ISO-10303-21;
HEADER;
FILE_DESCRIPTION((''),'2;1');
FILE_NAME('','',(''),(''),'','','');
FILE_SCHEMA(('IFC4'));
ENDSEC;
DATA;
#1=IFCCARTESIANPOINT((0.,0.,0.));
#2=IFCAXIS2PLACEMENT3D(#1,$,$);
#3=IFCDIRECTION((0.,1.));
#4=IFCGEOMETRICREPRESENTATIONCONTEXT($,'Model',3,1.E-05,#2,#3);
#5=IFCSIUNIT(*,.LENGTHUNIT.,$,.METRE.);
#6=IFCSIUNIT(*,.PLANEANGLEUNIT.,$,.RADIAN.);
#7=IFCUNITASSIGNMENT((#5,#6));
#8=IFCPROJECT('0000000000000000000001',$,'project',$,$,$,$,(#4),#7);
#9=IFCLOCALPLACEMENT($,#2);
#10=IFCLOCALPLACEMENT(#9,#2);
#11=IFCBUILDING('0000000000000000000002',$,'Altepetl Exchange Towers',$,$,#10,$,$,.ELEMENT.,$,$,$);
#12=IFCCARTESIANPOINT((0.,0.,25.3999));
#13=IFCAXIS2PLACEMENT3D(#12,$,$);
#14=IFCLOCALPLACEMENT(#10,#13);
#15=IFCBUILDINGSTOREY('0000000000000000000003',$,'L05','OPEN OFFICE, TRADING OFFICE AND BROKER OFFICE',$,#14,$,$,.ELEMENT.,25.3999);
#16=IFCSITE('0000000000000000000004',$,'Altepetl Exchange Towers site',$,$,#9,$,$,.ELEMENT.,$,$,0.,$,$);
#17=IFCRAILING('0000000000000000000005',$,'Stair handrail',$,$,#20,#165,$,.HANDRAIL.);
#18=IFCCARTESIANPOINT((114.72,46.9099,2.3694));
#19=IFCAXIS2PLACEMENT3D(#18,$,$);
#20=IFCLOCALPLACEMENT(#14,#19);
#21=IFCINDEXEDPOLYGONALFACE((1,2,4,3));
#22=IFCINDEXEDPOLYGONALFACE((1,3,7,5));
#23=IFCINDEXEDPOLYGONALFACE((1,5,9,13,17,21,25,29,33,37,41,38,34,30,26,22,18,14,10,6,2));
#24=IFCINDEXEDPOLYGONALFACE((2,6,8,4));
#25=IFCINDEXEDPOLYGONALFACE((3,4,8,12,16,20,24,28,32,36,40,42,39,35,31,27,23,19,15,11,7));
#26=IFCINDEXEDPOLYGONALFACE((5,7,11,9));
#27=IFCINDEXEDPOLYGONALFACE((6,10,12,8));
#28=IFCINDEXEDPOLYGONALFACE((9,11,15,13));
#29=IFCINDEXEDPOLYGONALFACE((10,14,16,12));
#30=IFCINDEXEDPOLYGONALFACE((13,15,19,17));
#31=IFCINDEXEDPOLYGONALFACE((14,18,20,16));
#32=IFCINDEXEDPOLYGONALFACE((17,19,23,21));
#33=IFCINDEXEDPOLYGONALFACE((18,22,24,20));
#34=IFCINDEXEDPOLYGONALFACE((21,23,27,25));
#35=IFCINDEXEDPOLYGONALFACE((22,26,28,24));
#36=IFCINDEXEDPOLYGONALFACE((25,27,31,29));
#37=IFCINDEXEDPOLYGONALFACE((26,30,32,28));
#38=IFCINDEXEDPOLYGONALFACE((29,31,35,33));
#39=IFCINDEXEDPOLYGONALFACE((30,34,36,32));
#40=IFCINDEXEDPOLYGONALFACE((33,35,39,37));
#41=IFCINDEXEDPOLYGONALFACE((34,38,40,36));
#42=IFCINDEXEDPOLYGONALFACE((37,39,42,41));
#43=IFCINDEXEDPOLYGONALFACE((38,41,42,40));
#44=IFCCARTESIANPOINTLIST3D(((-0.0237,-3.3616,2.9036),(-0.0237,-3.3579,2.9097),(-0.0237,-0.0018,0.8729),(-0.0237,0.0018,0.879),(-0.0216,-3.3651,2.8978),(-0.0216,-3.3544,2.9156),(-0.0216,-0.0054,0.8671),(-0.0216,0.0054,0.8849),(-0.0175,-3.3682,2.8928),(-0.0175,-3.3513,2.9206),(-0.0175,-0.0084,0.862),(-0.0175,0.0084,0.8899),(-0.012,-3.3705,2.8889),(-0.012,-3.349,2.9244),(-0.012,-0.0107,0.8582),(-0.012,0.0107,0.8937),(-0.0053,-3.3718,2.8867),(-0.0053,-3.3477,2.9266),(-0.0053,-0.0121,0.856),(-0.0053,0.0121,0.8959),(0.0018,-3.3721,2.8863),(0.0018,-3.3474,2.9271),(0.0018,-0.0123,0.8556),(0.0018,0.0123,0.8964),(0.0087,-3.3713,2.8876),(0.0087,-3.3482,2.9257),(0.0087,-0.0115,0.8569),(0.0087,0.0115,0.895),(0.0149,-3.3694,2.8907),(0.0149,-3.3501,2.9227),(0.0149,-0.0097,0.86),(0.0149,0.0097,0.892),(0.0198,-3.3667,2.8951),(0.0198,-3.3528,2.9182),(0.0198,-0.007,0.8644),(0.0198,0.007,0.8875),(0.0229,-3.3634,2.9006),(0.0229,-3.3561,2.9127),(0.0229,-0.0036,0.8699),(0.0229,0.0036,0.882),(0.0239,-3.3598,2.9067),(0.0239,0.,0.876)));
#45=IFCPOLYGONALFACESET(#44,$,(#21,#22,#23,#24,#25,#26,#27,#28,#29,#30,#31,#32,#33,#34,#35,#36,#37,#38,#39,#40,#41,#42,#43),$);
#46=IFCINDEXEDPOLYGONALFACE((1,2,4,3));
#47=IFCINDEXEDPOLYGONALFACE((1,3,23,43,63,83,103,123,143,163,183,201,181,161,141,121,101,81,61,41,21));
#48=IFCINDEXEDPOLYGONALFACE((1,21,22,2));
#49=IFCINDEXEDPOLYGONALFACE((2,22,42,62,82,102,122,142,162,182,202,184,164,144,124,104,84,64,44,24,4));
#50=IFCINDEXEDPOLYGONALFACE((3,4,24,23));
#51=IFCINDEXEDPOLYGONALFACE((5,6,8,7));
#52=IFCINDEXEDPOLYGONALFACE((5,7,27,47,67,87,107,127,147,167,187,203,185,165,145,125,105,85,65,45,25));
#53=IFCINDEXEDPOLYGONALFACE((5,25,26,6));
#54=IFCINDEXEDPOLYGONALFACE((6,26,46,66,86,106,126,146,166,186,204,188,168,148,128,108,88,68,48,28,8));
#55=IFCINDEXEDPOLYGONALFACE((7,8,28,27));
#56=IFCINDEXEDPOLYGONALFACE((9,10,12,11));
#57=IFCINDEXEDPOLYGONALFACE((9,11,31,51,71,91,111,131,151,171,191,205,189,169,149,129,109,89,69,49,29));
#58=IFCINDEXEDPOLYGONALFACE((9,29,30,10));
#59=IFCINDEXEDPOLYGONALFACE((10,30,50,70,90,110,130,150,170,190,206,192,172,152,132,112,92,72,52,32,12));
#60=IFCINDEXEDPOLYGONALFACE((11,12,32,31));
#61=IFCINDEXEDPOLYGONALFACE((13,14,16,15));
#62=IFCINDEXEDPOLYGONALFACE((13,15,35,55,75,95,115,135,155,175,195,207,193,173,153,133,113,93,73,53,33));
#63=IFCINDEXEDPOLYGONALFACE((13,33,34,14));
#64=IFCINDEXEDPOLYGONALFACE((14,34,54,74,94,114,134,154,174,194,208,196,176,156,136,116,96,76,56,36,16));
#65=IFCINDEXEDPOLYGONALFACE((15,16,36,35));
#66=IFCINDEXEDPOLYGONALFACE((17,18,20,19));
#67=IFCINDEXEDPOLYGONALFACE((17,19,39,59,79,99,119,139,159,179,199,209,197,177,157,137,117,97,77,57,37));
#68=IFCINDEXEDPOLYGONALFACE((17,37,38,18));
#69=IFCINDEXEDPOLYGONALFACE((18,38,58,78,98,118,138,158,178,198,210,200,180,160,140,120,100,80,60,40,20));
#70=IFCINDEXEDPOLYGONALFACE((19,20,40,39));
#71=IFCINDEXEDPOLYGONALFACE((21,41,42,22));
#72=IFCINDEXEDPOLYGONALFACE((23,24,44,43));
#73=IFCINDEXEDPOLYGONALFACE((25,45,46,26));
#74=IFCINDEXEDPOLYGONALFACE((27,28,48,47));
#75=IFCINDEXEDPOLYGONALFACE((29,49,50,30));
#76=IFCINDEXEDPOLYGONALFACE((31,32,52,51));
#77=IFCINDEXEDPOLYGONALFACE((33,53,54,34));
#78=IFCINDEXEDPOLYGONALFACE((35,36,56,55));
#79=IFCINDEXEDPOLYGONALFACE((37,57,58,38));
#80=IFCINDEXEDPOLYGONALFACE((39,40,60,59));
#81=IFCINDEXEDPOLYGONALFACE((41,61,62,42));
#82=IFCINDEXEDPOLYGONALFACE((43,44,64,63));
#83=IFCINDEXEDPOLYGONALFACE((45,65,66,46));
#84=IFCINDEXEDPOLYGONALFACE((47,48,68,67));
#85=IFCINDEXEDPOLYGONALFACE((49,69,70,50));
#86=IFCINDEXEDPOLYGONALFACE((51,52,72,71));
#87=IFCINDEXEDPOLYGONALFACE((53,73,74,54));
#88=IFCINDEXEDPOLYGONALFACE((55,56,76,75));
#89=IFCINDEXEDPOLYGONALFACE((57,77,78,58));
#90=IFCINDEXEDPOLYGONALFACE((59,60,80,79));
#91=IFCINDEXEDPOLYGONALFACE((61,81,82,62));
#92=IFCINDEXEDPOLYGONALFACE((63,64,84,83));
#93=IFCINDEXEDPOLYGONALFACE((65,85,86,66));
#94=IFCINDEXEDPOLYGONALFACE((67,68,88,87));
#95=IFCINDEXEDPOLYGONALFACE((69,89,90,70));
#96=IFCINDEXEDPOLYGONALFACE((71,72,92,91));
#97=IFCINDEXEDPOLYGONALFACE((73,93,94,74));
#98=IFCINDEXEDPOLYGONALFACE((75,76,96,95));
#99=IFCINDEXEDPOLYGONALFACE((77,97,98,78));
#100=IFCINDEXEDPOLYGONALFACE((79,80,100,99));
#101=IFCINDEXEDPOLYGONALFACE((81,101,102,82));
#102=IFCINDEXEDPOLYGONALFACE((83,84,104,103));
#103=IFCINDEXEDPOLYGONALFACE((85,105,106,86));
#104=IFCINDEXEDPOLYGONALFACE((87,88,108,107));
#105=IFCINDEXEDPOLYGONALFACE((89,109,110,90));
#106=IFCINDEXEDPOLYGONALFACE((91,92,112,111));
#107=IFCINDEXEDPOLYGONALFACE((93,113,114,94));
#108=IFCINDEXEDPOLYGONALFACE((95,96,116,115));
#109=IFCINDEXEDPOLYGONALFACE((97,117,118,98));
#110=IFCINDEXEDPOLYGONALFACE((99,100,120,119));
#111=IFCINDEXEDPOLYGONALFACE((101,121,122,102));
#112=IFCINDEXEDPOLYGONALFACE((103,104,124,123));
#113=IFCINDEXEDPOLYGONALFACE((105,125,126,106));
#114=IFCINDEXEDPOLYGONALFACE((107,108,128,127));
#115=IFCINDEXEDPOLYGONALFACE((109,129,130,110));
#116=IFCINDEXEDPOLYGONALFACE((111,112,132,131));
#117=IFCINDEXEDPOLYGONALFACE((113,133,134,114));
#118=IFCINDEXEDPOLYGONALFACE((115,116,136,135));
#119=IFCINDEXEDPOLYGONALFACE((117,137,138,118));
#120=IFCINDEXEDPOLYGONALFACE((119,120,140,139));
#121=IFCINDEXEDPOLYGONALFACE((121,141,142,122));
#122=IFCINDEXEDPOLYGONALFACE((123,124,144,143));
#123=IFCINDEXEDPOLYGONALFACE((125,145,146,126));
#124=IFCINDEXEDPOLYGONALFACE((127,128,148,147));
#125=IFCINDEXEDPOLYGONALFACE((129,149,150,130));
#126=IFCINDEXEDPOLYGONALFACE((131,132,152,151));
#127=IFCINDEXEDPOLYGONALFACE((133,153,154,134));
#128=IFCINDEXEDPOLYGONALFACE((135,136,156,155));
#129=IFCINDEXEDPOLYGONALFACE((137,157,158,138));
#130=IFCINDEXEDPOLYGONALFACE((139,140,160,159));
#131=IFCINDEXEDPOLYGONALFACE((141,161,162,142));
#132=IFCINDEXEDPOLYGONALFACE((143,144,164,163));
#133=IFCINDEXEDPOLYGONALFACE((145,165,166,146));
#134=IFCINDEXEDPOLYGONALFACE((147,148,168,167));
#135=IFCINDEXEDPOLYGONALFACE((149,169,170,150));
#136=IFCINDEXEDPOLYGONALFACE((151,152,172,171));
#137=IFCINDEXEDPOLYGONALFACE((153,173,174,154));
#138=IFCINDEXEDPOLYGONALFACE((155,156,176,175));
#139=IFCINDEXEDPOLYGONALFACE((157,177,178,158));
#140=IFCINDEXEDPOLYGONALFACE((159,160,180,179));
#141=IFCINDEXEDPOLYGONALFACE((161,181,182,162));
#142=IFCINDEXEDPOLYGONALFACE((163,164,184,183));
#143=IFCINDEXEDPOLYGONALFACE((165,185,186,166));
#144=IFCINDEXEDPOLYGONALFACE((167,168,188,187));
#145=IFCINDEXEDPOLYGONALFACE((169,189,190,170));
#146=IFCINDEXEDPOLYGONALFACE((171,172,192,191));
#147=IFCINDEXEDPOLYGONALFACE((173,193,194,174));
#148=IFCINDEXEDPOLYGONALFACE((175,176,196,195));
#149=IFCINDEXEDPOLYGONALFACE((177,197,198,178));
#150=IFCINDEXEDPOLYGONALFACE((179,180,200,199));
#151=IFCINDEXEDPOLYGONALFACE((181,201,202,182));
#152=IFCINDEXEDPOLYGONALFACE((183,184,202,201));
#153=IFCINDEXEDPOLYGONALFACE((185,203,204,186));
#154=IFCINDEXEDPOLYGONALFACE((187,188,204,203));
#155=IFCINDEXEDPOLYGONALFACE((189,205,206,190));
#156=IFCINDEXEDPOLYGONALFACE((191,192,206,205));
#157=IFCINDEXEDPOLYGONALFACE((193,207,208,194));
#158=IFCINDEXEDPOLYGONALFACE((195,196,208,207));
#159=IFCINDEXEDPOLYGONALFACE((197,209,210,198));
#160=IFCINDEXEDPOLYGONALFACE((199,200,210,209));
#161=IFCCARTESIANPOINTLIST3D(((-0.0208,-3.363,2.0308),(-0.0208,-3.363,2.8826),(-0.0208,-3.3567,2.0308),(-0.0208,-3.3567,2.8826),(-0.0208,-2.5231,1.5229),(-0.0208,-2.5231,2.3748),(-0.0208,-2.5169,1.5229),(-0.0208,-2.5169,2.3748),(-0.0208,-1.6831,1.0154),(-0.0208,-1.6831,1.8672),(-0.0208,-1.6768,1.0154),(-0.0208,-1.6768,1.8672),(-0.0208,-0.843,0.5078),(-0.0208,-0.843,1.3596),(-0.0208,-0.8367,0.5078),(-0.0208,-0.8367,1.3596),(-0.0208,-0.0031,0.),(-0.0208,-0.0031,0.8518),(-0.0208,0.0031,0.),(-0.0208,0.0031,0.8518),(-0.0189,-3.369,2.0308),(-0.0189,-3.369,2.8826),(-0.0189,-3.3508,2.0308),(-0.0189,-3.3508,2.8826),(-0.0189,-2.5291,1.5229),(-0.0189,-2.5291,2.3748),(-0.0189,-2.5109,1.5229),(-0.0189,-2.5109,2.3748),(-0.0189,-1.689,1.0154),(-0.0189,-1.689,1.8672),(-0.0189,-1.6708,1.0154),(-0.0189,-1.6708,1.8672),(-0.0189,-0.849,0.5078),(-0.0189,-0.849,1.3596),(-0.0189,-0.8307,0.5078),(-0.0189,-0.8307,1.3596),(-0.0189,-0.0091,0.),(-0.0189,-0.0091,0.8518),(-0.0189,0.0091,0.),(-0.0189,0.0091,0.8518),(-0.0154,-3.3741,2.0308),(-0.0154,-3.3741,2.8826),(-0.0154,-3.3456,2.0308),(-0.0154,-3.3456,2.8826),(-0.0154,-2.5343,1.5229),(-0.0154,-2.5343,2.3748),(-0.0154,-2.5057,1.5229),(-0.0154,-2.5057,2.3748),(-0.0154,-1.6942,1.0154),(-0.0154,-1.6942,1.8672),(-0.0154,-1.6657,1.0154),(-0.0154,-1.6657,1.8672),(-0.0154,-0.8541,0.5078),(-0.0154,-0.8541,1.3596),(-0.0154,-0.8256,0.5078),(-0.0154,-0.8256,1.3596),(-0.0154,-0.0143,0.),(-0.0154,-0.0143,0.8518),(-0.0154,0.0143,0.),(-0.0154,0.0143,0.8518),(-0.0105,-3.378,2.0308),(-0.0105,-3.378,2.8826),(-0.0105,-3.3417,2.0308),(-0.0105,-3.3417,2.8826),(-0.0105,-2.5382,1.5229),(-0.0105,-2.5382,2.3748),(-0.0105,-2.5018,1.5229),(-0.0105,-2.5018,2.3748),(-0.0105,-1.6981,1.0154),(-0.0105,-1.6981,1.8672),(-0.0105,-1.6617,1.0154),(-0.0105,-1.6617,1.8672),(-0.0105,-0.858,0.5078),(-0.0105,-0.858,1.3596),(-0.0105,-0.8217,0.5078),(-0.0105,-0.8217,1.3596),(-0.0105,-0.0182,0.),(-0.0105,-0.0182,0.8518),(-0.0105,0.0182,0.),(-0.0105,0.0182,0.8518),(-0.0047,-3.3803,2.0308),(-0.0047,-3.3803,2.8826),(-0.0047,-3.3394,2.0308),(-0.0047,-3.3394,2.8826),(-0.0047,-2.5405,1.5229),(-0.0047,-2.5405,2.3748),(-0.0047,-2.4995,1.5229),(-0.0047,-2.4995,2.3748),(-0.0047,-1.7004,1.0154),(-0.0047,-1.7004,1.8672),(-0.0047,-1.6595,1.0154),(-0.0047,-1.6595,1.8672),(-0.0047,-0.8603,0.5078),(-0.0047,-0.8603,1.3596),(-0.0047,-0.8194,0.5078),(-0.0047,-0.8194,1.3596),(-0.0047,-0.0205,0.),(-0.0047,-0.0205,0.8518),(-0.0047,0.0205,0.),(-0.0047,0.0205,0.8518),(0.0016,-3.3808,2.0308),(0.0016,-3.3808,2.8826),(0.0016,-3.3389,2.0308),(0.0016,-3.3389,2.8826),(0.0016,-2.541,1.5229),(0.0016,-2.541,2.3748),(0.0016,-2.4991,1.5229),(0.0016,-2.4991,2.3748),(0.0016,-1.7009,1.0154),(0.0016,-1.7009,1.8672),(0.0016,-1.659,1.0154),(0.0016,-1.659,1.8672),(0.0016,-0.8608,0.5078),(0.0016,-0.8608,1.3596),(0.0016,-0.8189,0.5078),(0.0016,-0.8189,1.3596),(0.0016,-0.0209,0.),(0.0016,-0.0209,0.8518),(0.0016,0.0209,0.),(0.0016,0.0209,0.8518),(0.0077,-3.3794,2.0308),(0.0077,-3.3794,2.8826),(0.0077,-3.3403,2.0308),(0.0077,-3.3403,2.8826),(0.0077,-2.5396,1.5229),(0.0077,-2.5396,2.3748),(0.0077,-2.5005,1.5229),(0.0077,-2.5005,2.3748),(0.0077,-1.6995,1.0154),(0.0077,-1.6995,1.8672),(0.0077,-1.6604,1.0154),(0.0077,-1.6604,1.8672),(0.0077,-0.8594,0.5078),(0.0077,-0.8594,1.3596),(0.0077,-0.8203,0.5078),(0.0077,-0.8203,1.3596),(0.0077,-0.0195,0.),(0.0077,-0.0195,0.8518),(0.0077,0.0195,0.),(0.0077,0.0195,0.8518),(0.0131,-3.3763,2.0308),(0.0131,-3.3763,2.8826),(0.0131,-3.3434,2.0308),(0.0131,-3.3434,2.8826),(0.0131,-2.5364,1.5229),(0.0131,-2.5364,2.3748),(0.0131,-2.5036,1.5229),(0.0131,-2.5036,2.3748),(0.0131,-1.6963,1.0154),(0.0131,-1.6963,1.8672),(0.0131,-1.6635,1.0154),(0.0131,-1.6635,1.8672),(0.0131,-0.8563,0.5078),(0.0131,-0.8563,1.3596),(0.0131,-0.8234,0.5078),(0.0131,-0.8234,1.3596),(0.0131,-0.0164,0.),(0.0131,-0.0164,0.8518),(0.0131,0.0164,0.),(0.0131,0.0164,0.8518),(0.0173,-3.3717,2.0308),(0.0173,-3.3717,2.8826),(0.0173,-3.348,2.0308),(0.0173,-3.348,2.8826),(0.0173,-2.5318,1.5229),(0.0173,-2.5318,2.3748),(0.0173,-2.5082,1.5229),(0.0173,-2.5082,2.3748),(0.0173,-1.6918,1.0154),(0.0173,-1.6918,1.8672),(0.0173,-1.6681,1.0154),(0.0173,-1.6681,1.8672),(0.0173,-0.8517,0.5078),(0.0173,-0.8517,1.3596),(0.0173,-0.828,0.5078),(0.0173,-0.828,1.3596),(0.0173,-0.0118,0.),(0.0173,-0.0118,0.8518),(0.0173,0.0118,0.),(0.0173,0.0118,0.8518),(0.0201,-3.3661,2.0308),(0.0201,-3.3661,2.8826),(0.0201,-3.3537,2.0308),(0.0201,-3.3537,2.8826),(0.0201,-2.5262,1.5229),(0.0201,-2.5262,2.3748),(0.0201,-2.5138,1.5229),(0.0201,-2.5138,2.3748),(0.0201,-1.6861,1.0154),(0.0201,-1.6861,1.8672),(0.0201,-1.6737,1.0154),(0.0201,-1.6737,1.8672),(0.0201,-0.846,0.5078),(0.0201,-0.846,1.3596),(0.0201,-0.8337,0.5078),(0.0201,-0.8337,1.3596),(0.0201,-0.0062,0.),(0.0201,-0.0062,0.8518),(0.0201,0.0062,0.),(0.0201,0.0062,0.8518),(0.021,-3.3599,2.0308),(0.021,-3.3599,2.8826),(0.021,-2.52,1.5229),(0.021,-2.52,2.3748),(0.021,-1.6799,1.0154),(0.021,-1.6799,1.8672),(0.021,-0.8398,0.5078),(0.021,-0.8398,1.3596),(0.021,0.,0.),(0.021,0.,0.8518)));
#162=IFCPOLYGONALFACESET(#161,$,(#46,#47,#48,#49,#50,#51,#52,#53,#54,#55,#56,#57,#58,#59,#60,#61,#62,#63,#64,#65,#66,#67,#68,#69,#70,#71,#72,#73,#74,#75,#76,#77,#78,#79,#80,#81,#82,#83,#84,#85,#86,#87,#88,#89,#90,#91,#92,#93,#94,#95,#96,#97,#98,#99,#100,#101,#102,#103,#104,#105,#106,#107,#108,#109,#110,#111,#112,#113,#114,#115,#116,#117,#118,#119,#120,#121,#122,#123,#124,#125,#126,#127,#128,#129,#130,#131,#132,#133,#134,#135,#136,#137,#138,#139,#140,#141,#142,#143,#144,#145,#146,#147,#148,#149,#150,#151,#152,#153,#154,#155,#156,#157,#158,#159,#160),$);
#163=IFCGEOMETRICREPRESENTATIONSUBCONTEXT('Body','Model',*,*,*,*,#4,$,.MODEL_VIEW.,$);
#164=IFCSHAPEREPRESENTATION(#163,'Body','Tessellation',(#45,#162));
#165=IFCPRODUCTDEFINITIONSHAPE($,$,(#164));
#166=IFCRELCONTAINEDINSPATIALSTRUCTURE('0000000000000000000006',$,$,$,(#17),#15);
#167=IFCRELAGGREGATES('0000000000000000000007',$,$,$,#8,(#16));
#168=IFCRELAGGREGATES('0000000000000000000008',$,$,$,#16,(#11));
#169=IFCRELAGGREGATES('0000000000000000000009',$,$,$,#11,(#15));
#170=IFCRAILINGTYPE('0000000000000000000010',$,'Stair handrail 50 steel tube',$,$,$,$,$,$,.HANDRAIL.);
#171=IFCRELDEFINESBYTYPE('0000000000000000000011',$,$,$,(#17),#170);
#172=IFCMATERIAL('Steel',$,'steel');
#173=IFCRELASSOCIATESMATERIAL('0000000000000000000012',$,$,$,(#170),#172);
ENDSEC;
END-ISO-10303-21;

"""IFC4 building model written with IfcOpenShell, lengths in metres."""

from ifc_helpers import new_model, si_unit, direction, frame, origin, origin_2d, place, context, subcontext, project, spatial, circle, extrude, source, transform, mapped, material, type_object, element, save


model = new_model("IFC4")

# Units and contexts
model_context = context("Model", 3, precision=1e-05, world=origin(), true_north=direction((0.0, 1.0)))
body_context = subcontext(model_context, "Body", "Model", "MODEL_VIEW")
ifc_project = project(units=[si_unit("LENGTHUNIT", "METRE"), si_unit("PLANEANGLEUNIT", "RADIAN")], contexts=[model_context])

# Site, building, storey
site_placement = place(None, origin())
site = spatial("IfcSite", under=ifc_project, at=site_placement, Name="Altepetl Exchange Towers site", CompositionType="ELEMENT", RefElevation=0.0)
building_placement = place(site_placement, origin())
building = spatial("IfcBuilding", under=site, at=building_placement, Name="Altepetl Exchange Towers", CompositionType="ELEMENT")
storey_placement = place(building_placement, frame((0.0, 0.0, 25.3999)))
storey = spatial("IfcBuildingStorey", under=building, at=storey_placement, Name="L05", Description="OPEN OFFICE, TRADING OFFICE AND BROKER OFFICE", CompositionType="ELEMENT", Elevation=25.3999)

# Railing
ifc_material_1 = material(Name="Steel", Category="steel")
railing_type = type_object("IfcRailingType", Name="Stair handrail 50 steel tube", PredefinedType="HANDRAIL", material=ifc_material_1)
shared_shape = source(origin(), body_context, "Body", "SweptSolid", [
    extrude(circle(Radius=0.021, at=origin_2d()), origin(), (0.0, 0.0, 1.0), 0.8518),
])
railing_1_placement = place(storey_placement, frame((114.72, 46.9099, 2.3694)))
element("IfcRailing", 1, at=railing_1_placement, inside=storey, type_object=railing_type, Name="Stair handrail", PredefinedType="HANDRAIL", context=body_context, shape_type="SweptSolid", body=[
    extrude(circle(Radius=0.0239, at=origin_2d()), frame((0.0, 0.0, 0.876), z_axis=(0.0, -0.85582, 0.517273), x_axis=(1.0, 0.0, 0.0)), (0.0, 0.0, 1.0), 3.9258),
    mapped(shared_shape, transform((0.0, 0.0, 0.0))),
    mapped(shared_shape, transform((0.0, -0.8398, 0.5078))),
    mapped(shared_shape, transform((0.0, -1.6799, 1.0154))),
    mapped(shared_shape, transform((0.0, -2.52, 1.5229))),
    mapped(shared_shape, transform((0.0, -3.3599, 2.0308))),
])

save(model, "model.ifc")
